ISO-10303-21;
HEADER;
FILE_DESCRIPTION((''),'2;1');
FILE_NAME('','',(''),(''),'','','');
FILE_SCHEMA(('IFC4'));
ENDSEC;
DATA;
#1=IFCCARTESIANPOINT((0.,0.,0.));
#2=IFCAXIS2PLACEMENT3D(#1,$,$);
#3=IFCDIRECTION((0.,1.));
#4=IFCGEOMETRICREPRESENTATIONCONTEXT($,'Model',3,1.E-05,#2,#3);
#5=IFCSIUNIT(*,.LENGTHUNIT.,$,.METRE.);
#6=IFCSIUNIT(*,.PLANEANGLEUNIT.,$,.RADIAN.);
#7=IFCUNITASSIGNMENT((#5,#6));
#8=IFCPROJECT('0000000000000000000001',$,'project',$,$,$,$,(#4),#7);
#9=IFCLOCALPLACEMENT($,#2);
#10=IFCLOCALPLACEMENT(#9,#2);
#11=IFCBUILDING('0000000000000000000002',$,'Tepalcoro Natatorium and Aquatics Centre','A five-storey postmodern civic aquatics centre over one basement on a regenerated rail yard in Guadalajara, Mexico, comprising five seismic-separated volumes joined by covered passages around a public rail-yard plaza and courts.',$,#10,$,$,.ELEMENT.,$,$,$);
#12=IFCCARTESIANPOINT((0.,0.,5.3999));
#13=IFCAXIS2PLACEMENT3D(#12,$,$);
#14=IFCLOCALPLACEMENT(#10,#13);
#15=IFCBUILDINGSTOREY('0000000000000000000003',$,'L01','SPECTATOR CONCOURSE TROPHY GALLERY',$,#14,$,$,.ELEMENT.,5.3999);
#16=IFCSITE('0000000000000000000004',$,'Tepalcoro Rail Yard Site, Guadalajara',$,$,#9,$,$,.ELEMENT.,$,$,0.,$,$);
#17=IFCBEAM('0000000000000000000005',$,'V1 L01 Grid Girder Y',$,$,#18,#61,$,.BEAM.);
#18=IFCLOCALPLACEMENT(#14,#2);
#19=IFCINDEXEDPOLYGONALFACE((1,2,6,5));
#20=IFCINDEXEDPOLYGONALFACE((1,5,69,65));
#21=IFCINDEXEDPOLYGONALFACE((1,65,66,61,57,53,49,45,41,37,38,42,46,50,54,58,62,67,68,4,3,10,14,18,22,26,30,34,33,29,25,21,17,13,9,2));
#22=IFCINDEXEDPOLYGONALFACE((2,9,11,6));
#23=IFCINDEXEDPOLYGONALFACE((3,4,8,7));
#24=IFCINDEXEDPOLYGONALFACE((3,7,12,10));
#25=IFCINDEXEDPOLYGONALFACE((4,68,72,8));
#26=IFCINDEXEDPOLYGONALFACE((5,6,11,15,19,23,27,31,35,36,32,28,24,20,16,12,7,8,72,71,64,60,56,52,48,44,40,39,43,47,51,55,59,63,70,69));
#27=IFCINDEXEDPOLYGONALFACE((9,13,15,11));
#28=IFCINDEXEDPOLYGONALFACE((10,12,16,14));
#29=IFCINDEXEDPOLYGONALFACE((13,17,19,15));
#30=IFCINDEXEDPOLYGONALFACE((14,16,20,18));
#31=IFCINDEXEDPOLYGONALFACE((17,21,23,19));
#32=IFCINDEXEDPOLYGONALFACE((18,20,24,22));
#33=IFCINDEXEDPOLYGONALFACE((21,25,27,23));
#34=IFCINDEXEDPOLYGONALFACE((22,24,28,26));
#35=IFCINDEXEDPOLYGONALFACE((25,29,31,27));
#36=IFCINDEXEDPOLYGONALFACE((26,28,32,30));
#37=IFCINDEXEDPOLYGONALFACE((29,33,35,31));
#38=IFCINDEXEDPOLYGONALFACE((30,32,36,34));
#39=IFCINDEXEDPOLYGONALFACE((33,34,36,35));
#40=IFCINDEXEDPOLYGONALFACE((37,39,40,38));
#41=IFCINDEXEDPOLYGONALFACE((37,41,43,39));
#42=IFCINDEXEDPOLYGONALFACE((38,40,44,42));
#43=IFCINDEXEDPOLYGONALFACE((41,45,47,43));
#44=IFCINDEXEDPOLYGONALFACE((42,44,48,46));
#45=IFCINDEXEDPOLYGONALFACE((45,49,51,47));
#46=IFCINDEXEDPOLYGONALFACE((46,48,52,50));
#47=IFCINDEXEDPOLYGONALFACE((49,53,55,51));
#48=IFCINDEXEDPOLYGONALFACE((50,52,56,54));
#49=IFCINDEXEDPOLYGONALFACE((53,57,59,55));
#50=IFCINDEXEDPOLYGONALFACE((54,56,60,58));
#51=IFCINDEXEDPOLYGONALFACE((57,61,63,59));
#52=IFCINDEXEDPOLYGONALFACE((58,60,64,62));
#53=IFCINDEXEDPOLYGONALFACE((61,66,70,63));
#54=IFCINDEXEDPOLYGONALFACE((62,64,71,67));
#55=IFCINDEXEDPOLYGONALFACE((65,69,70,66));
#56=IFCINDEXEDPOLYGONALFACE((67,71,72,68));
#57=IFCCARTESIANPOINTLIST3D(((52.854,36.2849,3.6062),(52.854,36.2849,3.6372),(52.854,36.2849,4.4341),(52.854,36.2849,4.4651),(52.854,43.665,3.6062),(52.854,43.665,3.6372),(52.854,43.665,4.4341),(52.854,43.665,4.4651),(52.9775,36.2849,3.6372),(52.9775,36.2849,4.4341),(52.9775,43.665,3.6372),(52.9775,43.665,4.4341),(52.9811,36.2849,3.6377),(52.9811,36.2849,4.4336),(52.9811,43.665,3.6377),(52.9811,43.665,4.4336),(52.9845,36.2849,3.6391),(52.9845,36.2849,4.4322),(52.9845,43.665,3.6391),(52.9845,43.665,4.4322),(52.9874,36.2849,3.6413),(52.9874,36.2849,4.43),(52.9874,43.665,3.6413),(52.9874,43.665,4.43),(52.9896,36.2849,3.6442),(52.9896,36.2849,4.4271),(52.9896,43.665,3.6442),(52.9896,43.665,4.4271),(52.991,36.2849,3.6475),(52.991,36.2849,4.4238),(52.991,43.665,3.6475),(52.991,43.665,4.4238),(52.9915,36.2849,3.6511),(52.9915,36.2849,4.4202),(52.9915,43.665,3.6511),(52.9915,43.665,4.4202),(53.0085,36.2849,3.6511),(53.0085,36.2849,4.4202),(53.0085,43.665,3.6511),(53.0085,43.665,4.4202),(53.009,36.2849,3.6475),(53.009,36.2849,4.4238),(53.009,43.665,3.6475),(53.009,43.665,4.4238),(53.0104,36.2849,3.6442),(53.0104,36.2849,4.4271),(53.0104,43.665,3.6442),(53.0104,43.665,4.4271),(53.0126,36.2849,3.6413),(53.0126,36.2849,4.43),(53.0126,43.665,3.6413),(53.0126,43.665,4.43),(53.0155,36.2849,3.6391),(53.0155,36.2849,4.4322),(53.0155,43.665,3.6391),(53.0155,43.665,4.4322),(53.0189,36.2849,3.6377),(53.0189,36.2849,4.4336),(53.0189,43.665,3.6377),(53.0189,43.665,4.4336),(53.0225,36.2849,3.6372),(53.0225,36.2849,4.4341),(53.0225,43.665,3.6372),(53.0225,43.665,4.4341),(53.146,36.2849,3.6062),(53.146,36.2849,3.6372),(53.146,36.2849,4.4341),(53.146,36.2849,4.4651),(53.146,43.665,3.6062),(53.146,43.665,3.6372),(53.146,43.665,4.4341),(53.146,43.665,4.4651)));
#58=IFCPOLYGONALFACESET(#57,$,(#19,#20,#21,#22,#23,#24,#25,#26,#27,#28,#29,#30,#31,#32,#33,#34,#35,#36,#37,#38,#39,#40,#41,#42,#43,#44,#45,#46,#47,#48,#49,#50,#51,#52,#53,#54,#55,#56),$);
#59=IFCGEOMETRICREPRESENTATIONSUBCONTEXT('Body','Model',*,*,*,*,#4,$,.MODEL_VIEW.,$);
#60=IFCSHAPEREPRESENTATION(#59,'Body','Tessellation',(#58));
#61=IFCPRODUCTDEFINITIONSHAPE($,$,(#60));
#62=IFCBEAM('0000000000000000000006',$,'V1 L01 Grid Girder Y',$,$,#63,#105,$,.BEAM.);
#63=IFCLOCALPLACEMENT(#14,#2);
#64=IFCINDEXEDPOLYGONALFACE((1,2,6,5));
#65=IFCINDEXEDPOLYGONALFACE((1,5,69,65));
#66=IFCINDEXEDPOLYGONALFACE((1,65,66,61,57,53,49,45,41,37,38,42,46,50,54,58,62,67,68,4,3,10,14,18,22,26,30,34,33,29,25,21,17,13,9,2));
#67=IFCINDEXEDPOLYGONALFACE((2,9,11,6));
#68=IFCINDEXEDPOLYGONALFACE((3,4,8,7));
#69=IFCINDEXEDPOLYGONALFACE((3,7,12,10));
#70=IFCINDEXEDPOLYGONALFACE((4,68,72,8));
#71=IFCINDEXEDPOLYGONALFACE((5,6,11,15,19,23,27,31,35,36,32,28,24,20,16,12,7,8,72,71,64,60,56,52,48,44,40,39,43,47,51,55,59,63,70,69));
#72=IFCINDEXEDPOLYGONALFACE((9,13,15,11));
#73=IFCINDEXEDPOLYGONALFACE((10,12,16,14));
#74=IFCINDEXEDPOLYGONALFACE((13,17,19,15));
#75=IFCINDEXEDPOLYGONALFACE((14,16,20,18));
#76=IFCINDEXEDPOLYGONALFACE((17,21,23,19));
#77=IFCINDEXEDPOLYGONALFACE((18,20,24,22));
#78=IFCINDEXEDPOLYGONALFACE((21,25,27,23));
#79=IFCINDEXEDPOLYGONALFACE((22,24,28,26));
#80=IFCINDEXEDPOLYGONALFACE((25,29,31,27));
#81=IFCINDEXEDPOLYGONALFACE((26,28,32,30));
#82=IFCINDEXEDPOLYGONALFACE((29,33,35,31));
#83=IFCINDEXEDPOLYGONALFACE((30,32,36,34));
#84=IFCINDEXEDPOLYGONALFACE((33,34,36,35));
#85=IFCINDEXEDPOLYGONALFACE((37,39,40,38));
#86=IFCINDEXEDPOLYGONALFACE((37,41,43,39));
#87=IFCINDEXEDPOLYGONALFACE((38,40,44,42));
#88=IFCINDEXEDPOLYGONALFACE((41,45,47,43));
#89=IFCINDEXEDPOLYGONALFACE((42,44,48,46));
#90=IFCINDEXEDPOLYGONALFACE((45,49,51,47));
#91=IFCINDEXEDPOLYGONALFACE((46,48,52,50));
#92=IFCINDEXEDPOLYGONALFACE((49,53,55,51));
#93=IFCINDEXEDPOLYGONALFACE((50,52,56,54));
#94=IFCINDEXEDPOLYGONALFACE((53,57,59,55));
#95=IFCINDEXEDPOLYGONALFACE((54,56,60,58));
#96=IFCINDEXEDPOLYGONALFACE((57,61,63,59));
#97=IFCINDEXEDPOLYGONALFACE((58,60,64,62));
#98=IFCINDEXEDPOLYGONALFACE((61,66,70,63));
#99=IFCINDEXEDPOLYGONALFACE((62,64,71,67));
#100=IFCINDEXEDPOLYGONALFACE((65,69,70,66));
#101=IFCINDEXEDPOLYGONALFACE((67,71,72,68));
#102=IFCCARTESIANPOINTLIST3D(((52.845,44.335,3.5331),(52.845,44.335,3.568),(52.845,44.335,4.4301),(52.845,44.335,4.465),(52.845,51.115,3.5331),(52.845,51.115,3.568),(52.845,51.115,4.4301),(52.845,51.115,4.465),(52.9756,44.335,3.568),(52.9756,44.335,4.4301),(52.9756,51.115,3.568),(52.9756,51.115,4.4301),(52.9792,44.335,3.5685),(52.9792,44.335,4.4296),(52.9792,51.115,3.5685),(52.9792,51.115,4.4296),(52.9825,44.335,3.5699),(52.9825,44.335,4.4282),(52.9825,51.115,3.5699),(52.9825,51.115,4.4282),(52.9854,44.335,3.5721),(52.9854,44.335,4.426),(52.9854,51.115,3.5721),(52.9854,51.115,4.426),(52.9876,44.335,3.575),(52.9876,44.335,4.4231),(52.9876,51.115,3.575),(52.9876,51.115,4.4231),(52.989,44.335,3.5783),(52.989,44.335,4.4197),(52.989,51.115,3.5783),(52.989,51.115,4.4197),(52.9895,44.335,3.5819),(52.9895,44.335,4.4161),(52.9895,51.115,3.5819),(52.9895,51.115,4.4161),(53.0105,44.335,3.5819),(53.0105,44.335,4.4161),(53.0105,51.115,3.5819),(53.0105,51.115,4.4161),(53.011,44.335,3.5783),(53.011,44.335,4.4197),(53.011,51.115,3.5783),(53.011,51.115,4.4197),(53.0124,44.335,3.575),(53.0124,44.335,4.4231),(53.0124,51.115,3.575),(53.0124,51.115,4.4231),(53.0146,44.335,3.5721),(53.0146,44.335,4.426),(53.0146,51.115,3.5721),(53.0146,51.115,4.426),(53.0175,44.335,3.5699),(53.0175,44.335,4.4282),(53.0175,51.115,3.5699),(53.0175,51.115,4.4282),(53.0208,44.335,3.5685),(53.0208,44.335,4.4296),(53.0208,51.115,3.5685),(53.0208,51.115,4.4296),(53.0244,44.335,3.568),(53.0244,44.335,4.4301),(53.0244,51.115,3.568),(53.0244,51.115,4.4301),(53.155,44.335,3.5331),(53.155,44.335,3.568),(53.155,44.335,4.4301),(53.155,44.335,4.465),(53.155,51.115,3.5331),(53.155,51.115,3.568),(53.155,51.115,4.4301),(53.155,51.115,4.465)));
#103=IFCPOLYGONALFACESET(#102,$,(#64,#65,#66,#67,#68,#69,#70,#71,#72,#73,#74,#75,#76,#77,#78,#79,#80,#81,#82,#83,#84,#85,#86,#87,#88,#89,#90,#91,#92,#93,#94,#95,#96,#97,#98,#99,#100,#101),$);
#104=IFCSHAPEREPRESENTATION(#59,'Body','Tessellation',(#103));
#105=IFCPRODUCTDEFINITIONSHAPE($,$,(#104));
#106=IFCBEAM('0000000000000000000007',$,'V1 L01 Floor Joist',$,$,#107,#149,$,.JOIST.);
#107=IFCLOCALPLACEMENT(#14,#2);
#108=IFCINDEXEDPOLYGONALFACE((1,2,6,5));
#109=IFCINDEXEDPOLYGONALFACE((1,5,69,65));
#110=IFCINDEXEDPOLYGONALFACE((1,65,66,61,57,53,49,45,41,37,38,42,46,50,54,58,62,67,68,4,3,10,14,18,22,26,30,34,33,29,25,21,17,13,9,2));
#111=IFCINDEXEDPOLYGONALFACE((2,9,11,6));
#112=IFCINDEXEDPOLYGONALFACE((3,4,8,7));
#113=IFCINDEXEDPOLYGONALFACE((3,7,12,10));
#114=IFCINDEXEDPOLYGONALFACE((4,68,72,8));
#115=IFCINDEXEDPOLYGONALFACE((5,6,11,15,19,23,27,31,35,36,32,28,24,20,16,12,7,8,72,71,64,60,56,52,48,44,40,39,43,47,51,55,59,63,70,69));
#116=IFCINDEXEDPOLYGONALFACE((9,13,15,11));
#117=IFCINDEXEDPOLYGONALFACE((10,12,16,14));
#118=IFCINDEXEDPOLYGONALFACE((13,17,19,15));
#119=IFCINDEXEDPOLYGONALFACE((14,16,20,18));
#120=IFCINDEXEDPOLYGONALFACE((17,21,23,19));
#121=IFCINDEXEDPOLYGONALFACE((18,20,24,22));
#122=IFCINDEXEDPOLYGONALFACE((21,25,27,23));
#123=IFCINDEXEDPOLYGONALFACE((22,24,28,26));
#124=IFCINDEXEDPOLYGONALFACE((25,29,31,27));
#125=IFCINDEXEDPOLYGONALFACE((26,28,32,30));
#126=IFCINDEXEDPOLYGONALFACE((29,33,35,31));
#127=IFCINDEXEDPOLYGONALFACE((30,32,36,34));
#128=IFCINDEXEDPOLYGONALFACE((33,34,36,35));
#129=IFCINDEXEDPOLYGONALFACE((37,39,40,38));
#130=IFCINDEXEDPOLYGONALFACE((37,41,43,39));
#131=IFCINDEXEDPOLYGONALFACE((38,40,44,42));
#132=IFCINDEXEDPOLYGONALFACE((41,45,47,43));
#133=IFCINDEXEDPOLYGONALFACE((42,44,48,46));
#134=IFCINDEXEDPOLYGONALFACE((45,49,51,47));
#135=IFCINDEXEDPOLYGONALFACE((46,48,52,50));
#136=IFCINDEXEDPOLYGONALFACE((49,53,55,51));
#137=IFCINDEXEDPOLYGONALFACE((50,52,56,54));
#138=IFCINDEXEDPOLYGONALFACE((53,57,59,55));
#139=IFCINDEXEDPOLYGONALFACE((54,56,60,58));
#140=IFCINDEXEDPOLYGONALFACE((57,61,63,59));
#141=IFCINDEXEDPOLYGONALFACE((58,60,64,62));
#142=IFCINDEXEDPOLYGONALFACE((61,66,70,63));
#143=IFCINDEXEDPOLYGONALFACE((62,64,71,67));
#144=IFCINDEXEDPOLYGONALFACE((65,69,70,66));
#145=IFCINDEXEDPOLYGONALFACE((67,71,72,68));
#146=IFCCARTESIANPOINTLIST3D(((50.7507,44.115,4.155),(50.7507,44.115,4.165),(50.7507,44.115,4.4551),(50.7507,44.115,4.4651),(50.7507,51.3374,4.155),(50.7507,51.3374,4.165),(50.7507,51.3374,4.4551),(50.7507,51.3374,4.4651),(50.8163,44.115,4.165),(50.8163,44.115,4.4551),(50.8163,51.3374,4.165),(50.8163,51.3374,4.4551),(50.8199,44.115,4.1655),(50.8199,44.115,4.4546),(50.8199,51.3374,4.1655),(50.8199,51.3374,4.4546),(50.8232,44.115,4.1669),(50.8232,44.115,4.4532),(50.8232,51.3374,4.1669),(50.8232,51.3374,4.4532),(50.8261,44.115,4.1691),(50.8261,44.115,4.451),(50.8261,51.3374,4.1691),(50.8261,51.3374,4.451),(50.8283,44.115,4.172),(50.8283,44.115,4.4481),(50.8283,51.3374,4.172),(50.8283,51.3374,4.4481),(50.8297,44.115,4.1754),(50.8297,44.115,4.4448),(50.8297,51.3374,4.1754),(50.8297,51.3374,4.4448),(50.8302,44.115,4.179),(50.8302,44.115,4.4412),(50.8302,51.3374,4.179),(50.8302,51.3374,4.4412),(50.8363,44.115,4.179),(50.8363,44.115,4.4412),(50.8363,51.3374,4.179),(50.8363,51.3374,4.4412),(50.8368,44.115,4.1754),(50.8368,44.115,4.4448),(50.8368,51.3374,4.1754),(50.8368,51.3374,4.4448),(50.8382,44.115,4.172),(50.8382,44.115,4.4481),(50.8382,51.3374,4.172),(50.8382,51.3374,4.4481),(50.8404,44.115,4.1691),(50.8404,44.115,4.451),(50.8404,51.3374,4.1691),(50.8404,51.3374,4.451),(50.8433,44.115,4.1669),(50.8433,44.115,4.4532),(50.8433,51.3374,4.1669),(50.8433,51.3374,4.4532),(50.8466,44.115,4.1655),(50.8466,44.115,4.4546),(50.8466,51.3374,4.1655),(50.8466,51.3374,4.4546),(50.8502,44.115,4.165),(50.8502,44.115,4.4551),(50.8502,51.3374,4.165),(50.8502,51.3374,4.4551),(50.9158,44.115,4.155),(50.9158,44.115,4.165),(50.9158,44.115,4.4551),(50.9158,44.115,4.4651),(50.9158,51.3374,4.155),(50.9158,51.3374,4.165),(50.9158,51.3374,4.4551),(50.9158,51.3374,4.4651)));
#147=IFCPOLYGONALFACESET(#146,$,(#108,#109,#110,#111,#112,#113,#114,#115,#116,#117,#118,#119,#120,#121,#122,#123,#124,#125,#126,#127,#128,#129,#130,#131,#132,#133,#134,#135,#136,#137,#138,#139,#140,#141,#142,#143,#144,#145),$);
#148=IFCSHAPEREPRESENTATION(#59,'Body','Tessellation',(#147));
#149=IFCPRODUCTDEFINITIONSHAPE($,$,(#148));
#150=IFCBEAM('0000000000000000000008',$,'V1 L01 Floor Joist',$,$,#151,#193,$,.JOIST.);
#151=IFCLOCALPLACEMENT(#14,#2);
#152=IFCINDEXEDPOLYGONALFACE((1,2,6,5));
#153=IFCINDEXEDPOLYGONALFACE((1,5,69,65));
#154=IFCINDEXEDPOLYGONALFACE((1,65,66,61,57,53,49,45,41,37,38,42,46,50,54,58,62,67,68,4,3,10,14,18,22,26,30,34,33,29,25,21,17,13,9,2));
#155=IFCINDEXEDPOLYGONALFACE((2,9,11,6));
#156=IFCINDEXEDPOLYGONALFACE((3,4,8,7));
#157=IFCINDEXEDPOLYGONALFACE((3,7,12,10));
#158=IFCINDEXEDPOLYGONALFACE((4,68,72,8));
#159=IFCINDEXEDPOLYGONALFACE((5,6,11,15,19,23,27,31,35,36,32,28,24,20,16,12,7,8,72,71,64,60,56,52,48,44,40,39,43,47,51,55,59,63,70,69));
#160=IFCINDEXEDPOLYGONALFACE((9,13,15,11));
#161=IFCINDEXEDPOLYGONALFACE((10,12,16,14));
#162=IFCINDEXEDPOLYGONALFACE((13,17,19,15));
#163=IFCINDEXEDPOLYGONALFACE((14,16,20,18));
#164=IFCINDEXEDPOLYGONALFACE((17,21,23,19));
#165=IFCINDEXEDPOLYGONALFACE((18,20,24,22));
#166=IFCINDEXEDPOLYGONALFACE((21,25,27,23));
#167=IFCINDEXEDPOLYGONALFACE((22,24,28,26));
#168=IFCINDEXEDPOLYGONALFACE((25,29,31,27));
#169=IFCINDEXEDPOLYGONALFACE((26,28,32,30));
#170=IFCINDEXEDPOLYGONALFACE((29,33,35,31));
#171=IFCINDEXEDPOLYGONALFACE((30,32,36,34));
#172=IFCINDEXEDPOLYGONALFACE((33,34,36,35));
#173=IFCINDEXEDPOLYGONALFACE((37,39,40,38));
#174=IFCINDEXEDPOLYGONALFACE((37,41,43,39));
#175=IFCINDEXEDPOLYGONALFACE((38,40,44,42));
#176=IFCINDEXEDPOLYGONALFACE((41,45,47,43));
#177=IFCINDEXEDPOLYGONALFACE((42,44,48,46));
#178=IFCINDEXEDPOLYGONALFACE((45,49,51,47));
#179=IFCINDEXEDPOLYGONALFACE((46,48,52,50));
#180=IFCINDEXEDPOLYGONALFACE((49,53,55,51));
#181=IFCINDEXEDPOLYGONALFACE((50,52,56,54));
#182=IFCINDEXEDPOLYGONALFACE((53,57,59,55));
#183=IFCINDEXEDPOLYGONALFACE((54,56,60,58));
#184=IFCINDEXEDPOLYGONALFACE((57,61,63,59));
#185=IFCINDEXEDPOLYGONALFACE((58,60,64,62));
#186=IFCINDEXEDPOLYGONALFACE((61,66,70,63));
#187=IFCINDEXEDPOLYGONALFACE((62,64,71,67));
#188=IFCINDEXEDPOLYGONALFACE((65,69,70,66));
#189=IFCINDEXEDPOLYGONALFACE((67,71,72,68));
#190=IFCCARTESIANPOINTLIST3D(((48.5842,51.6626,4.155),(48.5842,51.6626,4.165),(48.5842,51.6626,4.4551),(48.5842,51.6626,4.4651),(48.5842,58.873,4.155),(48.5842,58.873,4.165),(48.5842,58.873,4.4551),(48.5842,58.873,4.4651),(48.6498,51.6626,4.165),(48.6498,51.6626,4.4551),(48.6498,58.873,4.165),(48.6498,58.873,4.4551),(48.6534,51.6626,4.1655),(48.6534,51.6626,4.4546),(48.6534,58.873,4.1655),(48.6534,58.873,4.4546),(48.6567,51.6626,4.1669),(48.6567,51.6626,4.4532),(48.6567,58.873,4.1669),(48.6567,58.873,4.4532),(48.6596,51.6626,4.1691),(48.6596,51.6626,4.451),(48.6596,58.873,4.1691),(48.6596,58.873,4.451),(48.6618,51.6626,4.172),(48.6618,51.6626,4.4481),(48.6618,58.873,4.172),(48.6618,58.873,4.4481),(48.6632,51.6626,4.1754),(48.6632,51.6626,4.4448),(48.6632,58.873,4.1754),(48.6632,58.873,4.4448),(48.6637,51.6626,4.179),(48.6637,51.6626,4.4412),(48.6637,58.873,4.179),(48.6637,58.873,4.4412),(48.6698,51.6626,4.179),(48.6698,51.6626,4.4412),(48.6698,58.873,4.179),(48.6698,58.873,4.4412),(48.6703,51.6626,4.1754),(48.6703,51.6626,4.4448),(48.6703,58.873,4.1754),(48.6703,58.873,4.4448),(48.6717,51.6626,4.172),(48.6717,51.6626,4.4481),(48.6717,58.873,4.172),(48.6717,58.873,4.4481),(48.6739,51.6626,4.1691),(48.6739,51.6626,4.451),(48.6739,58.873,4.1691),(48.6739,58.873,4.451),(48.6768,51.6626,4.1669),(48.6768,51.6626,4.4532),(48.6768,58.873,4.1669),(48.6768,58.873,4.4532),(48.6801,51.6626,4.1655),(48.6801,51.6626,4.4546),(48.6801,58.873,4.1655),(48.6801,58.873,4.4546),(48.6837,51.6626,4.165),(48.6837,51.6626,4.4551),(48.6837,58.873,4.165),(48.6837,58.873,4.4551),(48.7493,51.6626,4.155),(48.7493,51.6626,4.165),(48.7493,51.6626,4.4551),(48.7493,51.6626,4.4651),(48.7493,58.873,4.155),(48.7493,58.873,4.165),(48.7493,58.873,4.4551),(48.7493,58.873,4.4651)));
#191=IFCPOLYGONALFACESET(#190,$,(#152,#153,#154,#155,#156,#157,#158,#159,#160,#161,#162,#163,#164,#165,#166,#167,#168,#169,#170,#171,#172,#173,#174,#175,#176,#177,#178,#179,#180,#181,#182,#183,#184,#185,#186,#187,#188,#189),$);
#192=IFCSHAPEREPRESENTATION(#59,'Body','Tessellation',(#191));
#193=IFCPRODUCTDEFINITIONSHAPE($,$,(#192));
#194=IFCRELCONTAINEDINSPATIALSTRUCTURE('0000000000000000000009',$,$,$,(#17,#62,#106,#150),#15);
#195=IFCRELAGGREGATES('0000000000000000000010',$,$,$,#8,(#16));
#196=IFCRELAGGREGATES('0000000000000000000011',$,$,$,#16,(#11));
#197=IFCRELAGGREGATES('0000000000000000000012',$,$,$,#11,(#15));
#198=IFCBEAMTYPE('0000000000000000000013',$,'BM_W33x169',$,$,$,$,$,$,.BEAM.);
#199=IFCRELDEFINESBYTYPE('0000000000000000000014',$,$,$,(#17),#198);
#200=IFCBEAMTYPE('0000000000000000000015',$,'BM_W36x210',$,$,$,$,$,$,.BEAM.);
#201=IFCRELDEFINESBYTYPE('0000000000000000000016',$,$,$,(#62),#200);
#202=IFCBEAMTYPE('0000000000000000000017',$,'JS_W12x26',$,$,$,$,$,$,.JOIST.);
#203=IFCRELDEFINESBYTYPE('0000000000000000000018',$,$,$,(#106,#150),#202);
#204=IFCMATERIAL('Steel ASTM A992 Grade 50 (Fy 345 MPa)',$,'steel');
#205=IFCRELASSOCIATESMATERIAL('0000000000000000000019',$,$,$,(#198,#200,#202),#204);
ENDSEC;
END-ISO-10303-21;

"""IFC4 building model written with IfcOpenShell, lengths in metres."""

from ifc_helpers import new_model, si_unit, direction, frame, origin, origin_2d, place, context, subcontext, project, spatial, i_section, extrude, material, material_profile, profile_set, type_object, element, save


model = new_model("IFC4")

# Units and contexts
model_context = context("Model", 3, precision=1e-05, world=origin(), true_north=direction((0.0, 1.0)))
body_context = subcontext(model_context, "Body", "Model", "MODEL_VIEW")
ifc_project = project(units=[si_unit("LENGTHUNIT", "METRE"), si_unit("PLANEANGLEUNIT", "RADIAN")], contexts=[model_context])

# Site, building, storey
site_placement = place(None, origin())
site = spatial("IfcSite", under=ifc_project, at=site_placement, Name="Tepalcoro Rail Yard Site, Guadalajara", CompositionType="ELEMENT", RefElevation=0.0)
building_placement = place(site_placement, origin())
building = spatial("IfcBuilding", under=site, at=building_placement, Name="Tepalcoro Natatorium and Aquatics Centre", Description="A five-storey postmodern civic aquatics centre over one basement on a regenerated rail yard in Guadalajara, Mexico, comprising five seismic-separated volumes joined by covered passages around a public rail-yard plaza and courts.", CompositionType="ELEMENT")
storey_placement = place(building_placement, frame((0.0, 0.0, 5.3999)))
storey = spatial("IfcBuildingStorey", under=building, at=storey_placement, Name="L01", Description="SPECTATOR CONCOURSE TROPHY GALLERY", CompositionType="ELEMENT", Elevation=5.3999)

# Beams
ifc_material_1 = material(Name="Steel ASTM A992 Grade 50 (Fy 345 MPa)", Category="steel")
ifc_material_profile_1 = material_profile(ifc_material_1, i_section(OverallWidth=0.292, OverallDepth=0.8589, WebThickness=0.0171, FlangeThickness=0.031, FilletRadius=0.0139, at=origin_2d()), Name="W33X169")
ifc_profile_set_1 = profile_set([ifc_material_profile_1], Name="Steel ASTM A992 Grade 50 (Fy 345 MPa)")
beam_type_1 = type_object("IfcBeamType", Name="BM_W33x169", PredefinedType="BEAM", material=ifc_profile_set_1)
beam_1_placement = place(storey_placement, frame((53.0, 36.2849, 4.0356), z_axis=(0.0, 1.0, 0.0), x_axis=(-1.0, 0.0, 0.0)))
element("IfcBeam", 1, at=beam_1_placement, inside=storey, type_object=beam_type_1, Name="V1 L01 Grid Girder Y", PredefinedType="BEAM", context=body_context, shape_type="SweptSolid", body=[
    extrude(i_section(OverallWidth=0.292, OverallDepth=0.8589, WebThickness=0.0171, FlangeThickness=0.031, FilletRadius=0.0139, at=origin_2d()), origin(), (0.0, 0.0, 1.0), 7.3801),
])
ifc_material_profile_2 = material_profile(ifc_material_1, i_section(OverallWidth=0.3101, OverallDepth=0.9319, WebThickness=0.021, FlangeThickness=0.0349, FilletRadius=0.0139, at=origin_2d()), Name="W36X210")
ifc_profile_set_2 = profile_set([ifc_material_profile_2], Name="Steel ASTM A992 Grade 50 (Fy 345 MPa)")
beam_type_2 = type_object("IfcBeamType", Name="BM_W36x210", PredefinedType="BEAM", material=ifc_profile_set_2)
beam_2_placement = place(storey_placement, frame((53.0, 44.335, 3.999), z_axis=(0.0, 1.0, 0.0), x_axis=(-1.0, 0.0, 0.0)))
element("IfcBeam", 2, at=beam_2_placement, inside=storey, type_object=beam_type_2, Name="V1 L01 Grid Girder Y", PredefinedType="BEAM", context=body_context, shape_type="SweptSolid", body=[
    extrude(i_section(OverallWidth=0.3101, OverallDepth=0.9319, WebThickness=0.021, FlangeThickness=0.0349, FilletRadius=0.0139, at=origin_2d()), origin(), (0.0, 0.0, 1.0), 6.78),
])
ifc_material_profile_3 = material_profile(ifc_material_1, i_section(OverallWidth=0.165, OverallDepth=0.3101, WebThickness=0.0061, FlangeThickness=0.01, FilletRadius=0.0139, at=origin_2d()), Name="W12X26")
ifc_profile_set_3 = profile_set([ifc_material_profile_3], Name="Steel ASTM A992 Grade 50 (Fy 345 MPa)")
beam_type_3 = type_object("IfcBeamType", Name="JS_W12x26", PredefinedType="JOIST", material=ifc_profile_set_3)
beam_3_placement = place(storey_placement, frame((50.8333, 44.115, 4.3101), z_axis=(0.0, 1.0, 0.0), x_axis=(-1.0, 0.0, 0.0)))
element("IfcBeam", 3, at=beam_3_placement, inside=storey, type_object=beam_type_3, Name="V1 L01 Floor Joist", PredefinedType="JOIST", context=body_context, shape_type="SweptSolid", body=[
    extrude(i_section(OverallWidth=0.165, OverallDepth=0.3101, WebThickness=0.0061, FlangeThickness=0.01, FilletRadius=0.0139, at=origin_2d()), origin(), (0.0, 0.0, 1.0), 7.2224),
])
beam_4_placement = place(storey_placement, frame((48.6667, 51.6626, 4.3101), z_axis=(0.0, 1.0, 0.0), x_axis=(-1.0, 0.0, 0.0)))
element("IfcBeam", 4, at=beam_4_placement, inside=storey, type_object=beam_type_3, Name="V1 L01 Floor Joist", PredefinedType="JOIST", context=body_context, shape_type="SweptSolid", body=[
    extrude(i_section(OverallWidth=0.165, OverallDepth=0.3101, WebThickness=0.0061, FlangeThickness=0.01, FilletRadius=0.0139, at=origin_2d()), origin(), (0.0, 0.0, 1.0), 7.2104),
])

save(model, "model.ifc")
